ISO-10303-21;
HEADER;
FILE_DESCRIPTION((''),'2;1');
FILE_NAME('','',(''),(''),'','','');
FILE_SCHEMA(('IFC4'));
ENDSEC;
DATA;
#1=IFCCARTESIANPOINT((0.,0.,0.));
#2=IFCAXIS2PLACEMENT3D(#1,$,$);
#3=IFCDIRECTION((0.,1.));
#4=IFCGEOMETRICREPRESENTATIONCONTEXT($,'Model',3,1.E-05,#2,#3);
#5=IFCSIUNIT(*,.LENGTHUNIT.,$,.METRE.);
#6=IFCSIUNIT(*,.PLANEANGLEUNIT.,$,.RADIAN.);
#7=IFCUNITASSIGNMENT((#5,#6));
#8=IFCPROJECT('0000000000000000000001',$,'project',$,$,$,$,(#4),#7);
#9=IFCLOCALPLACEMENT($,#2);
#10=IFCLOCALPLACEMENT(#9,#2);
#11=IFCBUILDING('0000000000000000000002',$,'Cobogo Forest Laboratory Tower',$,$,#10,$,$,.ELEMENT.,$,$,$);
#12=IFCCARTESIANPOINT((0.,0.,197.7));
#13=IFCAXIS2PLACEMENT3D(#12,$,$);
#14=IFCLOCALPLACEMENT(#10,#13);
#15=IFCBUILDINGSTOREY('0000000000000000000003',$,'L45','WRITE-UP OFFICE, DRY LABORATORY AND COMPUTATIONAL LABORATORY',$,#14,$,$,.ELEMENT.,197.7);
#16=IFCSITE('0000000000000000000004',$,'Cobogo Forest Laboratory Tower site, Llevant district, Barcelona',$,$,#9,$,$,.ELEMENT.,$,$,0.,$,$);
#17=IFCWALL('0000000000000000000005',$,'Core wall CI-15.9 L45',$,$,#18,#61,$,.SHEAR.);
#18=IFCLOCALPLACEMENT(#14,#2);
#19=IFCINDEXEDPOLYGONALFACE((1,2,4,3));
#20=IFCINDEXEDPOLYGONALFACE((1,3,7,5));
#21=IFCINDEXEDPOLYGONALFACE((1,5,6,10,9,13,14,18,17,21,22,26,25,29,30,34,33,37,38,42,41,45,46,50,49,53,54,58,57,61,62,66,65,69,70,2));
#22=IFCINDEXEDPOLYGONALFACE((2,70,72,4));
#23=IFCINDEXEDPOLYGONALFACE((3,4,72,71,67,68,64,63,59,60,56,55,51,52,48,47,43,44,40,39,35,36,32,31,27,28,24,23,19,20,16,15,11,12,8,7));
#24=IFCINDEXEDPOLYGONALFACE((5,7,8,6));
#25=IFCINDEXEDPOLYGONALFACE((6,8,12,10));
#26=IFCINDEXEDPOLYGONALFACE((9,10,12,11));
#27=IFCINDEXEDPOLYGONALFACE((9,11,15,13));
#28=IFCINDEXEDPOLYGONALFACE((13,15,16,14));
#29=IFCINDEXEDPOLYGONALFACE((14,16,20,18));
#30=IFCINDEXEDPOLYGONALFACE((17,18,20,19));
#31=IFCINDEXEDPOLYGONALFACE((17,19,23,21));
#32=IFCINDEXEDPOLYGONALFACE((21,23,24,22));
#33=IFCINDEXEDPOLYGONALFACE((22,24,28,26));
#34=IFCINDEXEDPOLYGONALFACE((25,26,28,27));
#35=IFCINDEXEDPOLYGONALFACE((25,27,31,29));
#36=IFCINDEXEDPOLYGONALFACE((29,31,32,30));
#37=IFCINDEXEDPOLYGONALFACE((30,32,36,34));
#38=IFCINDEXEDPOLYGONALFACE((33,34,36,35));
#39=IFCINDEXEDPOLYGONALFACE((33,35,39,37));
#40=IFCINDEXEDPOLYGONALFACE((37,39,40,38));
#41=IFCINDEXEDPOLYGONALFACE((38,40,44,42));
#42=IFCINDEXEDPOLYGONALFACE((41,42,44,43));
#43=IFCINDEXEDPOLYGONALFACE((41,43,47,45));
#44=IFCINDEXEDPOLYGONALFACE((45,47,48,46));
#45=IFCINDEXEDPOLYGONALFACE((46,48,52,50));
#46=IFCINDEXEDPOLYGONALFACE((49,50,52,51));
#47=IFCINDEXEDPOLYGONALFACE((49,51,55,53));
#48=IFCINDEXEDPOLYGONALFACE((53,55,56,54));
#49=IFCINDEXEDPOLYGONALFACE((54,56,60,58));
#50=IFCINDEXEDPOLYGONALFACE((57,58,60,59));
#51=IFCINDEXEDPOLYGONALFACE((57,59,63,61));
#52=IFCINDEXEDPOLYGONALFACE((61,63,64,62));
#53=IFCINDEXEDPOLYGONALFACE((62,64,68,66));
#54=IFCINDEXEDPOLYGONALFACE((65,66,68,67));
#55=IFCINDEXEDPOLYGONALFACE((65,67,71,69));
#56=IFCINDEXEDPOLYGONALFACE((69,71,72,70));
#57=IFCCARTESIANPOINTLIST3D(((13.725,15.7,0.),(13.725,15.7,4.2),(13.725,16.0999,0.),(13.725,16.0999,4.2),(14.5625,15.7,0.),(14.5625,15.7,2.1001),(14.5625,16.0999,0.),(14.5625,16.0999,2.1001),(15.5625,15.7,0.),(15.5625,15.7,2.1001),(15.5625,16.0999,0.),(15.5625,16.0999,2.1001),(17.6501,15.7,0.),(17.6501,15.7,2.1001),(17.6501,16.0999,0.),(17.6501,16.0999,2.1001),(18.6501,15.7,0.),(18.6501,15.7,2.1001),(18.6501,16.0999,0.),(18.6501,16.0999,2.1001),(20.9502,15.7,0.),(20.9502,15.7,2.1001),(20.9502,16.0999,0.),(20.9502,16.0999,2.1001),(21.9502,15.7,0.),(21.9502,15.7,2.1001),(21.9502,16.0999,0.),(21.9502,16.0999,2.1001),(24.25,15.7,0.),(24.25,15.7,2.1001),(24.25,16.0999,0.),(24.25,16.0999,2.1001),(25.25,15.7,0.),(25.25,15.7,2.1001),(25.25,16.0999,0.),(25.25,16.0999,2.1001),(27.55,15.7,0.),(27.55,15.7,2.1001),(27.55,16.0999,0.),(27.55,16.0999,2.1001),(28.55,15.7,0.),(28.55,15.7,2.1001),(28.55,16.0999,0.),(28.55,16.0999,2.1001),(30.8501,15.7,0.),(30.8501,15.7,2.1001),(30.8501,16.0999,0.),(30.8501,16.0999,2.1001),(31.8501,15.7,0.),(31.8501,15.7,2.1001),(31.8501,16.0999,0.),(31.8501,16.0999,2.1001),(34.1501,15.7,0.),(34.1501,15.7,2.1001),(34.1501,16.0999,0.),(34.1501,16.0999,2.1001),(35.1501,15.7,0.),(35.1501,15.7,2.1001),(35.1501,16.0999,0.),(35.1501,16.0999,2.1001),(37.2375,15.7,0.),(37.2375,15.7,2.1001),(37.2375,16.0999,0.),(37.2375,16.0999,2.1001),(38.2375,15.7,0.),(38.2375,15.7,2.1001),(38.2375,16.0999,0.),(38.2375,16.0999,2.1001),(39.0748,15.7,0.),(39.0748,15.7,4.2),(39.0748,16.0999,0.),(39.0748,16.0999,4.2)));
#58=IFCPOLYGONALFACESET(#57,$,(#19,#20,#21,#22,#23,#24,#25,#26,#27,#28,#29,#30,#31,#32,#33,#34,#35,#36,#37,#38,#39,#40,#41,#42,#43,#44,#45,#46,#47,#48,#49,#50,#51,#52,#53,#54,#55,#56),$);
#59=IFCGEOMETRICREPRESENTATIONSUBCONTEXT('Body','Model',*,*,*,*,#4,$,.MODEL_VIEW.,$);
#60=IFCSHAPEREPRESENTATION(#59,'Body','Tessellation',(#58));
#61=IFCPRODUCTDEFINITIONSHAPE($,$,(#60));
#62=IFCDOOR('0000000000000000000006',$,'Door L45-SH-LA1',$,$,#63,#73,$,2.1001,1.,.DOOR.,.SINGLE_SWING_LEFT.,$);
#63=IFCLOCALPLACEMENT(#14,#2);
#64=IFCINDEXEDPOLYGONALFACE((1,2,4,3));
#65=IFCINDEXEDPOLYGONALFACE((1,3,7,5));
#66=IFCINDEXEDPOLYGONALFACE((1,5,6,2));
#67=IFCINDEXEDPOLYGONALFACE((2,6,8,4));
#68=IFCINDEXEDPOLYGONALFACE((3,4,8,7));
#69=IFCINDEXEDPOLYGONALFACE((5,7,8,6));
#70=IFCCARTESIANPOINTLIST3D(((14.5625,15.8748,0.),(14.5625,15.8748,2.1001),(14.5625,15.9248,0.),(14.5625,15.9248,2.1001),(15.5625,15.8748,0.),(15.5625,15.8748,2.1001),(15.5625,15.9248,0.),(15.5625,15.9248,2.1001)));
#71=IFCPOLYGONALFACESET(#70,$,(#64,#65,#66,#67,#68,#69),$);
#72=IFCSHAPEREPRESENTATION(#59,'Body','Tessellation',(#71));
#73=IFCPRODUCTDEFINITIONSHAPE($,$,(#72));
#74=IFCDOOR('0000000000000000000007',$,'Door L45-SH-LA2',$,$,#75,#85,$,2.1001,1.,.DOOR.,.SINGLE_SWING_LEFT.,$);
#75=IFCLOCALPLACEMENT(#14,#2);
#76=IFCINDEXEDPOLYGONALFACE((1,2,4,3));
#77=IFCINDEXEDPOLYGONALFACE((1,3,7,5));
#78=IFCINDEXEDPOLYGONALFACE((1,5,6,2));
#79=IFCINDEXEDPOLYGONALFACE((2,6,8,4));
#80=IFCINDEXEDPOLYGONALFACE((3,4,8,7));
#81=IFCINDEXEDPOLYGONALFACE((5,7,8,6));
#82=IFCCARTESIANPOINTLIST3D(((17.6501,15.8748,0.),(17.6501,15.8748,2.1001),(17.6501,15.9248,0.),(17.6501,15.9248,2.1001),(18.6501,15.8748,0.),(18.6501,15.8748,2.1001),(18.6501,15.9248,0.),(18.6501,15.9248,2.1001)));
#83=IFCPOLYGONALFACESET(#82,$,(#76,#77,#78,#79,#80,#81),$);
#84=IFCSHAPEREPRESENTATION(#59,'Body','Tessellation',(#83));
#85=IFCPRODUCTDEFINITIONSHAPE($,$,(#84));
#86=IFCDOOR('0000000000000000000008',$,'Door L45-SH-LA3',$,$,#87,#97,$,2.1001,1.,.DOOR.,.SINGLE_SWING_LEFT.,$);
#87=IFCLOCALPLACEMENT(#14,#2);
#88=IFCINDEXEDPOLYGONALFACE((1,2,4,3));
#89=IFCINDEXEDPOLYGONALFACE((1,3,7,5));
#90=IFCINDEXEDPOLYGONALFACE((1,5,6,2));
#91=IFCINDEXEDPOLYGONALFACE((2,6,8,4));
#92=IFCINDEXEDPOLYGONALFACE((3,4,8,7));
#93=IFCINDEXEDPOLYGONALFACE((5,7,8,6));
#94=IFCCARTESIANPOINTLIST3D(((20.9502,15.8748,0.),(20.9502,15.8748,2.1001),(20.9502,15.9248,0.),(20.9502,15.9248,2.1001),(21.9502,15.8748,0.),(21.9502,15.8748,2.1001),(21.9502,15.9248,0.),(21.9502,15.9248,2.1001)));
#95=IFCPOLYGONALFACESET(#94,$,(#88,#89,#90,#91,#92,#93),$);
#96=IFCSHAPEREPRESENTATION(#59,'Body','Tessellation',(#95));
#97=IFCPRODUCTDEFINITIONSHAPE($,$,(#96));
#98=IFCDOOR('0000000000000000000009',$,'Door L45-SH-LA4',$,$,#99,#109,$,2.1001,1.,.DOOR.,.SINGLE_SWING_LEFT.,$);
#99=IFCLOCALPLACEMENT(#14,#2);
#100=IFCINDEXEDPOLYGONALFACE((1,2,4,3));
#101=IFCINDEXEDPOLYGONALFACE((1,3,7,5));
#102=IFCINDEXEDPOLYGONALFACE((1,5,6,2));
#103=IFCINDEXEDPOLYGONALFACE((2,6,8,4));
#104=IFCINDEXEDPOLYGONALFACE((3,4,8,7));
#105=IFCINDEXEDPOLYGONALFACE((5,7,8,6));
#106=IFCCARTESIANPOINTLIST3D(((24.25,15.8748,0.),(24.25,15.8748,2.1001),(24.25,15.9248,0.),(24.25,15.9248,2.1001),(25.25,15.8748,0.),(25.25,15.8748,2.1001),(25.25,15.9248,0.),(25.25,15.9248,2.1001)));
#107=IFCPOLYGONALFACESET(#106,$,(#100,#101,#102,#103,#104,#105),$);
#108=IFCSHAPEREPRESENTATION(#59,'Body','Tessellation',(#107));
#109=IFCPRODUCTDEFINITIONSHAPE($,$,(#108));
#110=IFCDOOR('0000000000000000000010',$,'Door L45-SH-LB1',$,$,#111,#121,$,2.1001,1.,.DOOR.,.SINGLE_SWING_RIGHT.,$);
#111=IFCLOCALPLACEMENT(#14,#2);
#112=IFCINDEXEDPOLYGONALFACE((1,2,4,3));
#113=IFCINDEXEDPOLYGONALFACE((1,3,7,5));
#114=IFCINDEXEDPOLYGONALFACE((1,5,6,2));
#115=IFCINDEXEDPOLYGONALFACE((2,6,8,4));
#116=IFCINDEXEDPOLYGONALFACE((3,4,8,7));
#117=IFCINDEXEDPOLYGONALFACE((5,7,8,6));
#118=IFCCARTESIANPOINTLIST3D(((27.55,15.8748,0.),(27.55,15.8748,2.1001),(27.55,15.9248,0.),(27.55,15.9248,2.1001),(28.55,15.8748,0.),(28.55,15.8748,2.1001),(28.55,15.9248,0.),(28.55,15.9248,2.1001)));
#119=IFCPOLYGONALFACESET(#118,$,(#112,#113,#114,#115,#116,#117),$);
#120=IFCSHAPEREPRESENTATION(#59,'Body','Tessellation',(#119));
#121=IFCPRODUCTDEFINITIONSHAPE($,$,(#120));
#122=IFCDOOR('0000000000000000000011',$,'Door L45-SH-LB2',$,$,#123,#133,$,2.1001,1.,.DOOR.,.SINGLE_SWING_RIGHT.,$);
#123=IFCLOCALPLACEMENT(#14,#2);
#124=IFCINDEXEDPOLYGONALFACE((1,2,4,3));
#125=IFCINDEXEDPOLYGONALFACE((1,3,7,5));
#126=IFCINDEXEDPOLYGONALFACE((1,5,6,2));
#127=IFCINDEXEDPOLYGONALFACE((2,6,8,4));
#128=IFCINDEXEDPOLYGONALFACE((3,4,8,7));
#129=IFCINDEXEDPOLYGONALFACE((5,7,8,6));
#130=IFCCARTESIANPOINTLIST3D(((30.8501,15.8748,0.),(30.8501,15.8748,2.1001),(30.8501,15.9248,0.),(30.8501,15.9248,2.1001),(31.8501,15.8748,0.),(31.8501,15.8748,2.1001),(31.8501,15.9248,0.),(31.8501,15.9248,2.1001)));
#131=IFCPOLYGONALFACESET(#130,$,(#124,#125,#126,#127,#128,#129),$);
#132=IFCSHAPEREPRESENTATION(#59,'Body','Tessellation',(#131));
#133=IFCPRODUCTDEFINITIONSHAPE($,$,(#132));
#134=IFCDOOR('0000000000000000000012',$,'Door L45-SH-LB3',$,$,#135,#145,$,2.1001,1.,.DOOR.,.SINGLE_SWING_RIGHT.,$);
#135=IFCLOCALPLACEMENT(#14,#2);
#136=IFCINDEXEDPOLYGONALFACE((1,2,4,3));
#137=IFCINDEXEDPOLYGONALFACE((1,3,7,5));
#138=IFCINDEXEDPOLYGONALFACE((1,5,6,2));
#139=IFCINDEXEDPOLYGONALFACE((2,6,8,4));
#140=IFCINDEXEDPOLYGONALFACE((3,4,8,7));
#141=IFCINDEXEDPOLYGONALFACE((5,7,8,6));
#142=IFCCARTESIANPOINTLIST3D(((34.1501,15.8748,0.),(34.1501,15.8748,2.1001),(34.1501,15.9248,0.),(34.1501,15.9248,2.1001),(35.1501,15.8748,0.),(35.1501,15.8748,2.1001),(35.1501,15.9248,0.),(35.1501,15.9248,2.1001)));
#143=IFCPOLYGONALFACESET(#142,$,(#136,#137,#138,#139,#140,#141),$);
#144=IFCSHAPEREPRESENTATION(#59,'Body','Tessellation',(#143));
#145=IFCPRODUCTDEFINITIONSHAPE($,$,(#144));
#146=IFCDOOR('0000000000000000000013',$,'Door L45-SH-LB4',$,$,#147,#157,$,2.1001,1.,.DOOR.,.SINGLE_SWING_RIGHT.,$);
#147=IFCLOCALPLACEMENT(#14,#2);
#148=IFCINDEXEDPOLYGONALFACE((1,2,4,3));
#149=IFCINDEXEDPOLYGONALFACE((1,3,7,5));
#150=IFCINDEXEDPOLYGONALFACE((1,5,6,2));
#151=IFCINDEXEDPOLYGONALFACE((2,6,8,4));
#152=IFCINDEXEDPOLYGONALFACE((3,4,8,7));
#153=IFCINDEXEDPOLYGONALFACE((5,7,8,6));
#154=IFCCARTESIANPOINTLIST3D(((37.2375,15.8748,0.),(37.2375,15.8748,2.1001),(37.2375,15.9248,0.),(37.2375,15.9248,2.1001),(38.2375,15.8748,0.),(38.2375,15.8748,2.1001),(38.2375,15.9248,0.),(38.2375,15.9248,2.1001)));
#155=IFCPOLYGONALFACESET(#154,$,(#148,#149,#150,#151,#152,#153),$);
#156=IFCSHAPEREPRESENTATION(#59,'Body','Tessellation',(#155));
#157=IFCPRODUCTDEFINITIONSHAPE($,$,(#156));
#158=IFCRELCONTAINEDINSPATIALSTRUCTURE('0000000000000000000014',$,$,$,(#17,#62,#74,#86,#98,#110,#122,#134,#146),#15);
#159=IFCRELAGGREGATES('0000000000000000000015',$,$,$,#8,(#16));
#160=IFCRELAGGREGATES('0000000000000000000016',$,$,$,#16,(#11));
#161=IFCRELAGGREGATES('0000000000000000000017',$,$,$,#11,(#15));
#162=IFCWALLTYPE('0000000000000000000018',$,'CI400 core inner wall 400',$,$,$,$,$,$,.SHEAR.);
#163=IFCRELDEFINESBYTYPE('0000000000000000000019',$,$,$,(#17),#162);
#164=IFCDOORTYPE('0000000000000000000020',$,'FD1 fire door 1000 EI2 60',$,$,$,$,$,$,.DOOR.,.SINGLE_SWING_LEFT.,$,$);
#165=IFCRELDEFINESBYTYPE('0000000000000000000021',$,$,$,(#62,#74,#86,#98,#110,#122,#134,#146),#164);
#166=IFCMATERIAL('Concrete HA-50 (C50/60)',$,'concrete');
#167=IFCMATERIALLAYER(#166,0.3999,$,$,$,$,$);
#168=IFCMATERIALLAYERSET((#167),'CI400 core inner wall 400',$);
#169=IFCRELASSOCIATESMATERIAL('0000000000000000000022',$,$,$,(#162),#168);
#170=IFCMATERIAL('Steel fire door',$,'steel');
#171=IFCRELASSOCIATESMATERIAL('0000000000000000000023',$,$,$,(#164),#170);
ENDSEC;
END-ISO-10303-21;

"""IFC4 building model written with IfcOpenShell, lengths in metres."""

from ifc_helpers import new_model, si_unit, direction, frame, frame_2d, origin, place, context, subcontext, project, spatial, rectangle, extrude, material, layer, layer_set, type_object, element, fill, save


model = new_model("IFC4")

# Units and contexts
model_context = context("Model", 3, precision=1e-05, world=origin(), true_north=direction((0.0, 1.0)))
body_context = subcontext(model_context, "Body", "Model", "MODEL_VIEW")
ifc_project = project(units=[si_unit("LENGTHUNIT", "METRE"), si_unit("PLANEANGLEUNIT", "RADIAN")], contexts=[model_context])

# Site, building, storey
site_placement = place(None, origin())
site = spatial("IfcSite", under=ifc_project, at=site_placement, Name="Cobogo Forest Laboratory Tower site, Llevant district, Barcelona", CompositionType="ELEMENT", RefElevation=0.0)
building_placement = place(site_placement, origin())
building = spatial("IfcBuilding", under=site, at=building_placement, Name="Cobogo Forest Laboratory Tower", CompositionType="ELEMENT")
storey_placement = place(building_placement, frame((0.0, 0.0, 197.7)))
storey = spatial("IfcBuildingStorey", under=building, at=storey_placement, Name="L45", Description="WRITE-UP OFFICE, DRY LABORATORY AND COMPUTATIONAL LABORATORY", CompositionType="ELEMENT", Elevation=197.7)

# Shared definitions
ifc_material_1 = material(Name="Concrete HA-50 (C50/60)", Category="concrete")

# Wall, openings, doors
ifc_layer_1 = layer(ifc_material_1, 0.3999)
ifc_layer_set_1 = layer_set([ifc_layer_1], Name="CI400 core inner wall 400")
wall_type_1 = type_object("IfcWallType", Name="CI400 core inner wall 400", PredefinedType="SHEAR", material=ifc_layer_set_1)
wall_1_placement = place(storey_placement, frame((13.7251, 15.8999, 0.0), z_axis=(0.0, 0.0, 1.0), x_axis=(1.0, 0.0, 0.0)))
wall_1 = element("IfcWall", 1, at=wall_1_placement, inside=storey, type_object=wall_type_1, Name="Core wall CI-15.9 L45", PredefinedType="SHEAR", context=body_context, shape_type="SweptSolid", body=[
    extrude(rectangle(XDim=25.3499, YDim=0.3999, at=frame_2d((12.6748, 0.0))), origin(), (0.0, 0.0, 1.0), 4.2),
])
opening_1_placement = place(wall_1_placement, frame((0.8374, 0.0, 0.0)))
opening_1 = element("IfcOpeningElement", 2, at=opening_1_placement, cuts=wall_1, PredefinedType="OPENING", context=body_context, shape_type="SweptSolid", body=[
    extrude(rectangle(XDim=1.0, YDim=2.1001, at=frame_2d((0.5, 1.05))), frame((0.0, 0.21, 0.0), z_axis=(0.0, -1.0, 0.0), x_axis=(1.0, 0.0, 0.0)), (0.0, 0.0, 1.0), 0.4199),
])
opening_2_placement = place(wall_1_placement, frame((3.925, 0.0, 0.0)))
opening_2 = element("IfcOpeningElement", 3, at=opening_2_placement, cuts=wall_1, PredefinedType="OPENING", context=body_context, shape_type="SweptSolid", body=[
    extrude(rectangle(XDim=1.0, YDim=2.1001, at=frame_2d((0.5, 1.05))), frame((0.0, 0.21, 0.0), z_axis=(0.0, -1.0, 0.0), x_axis=(1.0, 0.0, 0.0)), (0.0, 0.0, 1.0), 0.4199),
])
opening_3_placement = place(wall_1_placement, frame((7.2251, 0.0, 0.0)))
opening_3 = element("IfcOpeningElement", 4, at=opening_3_placement, cuts=wall_1, PredefinedType="OPENING", context=body_context, shape_type="SweptSolid", body=[
    extrude(rectangle(XDim=1.0, YDim=2.1001, at=frame_2d((0.5, 1.05))), frame((0.0, 0.21, 0.0), z_axis=(0.0, -1.0, 0.0), x_axis=(1.0, 0.0, 0.0)), (0.0, 0.0, 1.0), 0.4199),
])
opening_4_placement = place(wall_1_placement, frame((10.5249, 0.0, 0.0)))
opening_4 = element("IfcOpeningElement", 5, at=opening_4_placement, cuts=wall_1, PredefinedType="OPENING", context=body_context, shape_type="SweptSolid", body=[
    extrude(rectangle(XDim=1.0, YDim=2.1001, at=frame_2d((0.5, 1.05))), frame((0.0, 0.21, 0.0), z_axis=(0.0, -1.0, 0.0), x_axis=(1.0, 0.0, 0.0)), (0.0, 0.0, 1.0), 0.4199),
])
opening_5_placement = place(wall_1_placement, frame((13.825, 0.0, 0.0)))
opening_5 = element("IfcOpeningElement", 6, at=opening_5_placement, cuts=wall_1, PredefinedType="OPENING", context=body_context, shape_type="SweptSolid", body=[
    extrude(rectangle(XDim=1.0, YDim=2.1001, at=frame_2d((0.5, 1.05))), frame((0.0, 0.21, 0.0), z_axis=(0.0, -1.0, 0.0), x_axis=(1.0, 0.0, 0.0)), (0.0, 0.0, 1.0), 0.4199),
])
opening_6_placement = place(wall_1_placement, frame((17.125, 0.0, 0.0)))
opening_6 = element("IfcOpeningElement", 7, at=opening_6_placement, cuts=wall_1, PredefinedType="OPENING", context=body_context, shape_type="SweptSolid", body=[
    extrude(rectangle(XDim=1.0, YDim=2.1001, at=frame_2d((0.5, 1.05))), frame((0.0, 0.21, 0.0), z_axis=(0.0, -1.0, 0.0), x_axis=(1.0, 0.0, 0.0)), (0.0, 0.0, 1.0), 0.4199),
])
opening_7_placement = place(wall_1_placement, frame((20.425, 0.0, 0.0)))
opening_7 = element("IfcOpeningElement", 8, at=opening_7_placement, cuts=wall_1, PredefinedType="OPENING", context=body_context, shape_type="SweptSolid", body=[
    extrude(rectangle(XDim=1.0, YDim=2.1001, at=frame_2d((0.5, 1.05))), frame((0.0, 0.21, 0.0), z_axis=(0.0, -1.0, 0.0), x_axis=(1.0, 0.0, 0.0)), (0.0, 0.0, 1.0), 0.4199),
])
opening_8_placement = place(wall_1_placement, frame((23.5125, 0.0, 0.0)))
opening_8 = element("IfcOpeningElement", 9, at=opening_8_placement, cuts=wall_1, PredefinedType="OPENING", context=body_context, shape_type="SweptSolid", body=[
    extrude(rectangle(XDim=1.0, YDim=2.1001, at=frame_2d((0.5, 1.05))), frame((0.0, 0.21, 0.0), z_axis=(0.0, -1.0, 0.0), x_axis=(1.0, 0.0, 0.0)), (0.0, 0.0, 1.0), 0.4199),
])
ifc_material_2 = material(Name="Steel fire door", Category="steel")
door_type_1 = type_object("IfcDoorType", Name="FD1 fire door 1000 EI2 60", OperationType="SINGLE_SWING_LEFT", PredefinedType="DOOR", material=ifc_material_2)
door_1_placement = place(opening_1_placement, origin())
door_1 = element("IfcDoor", 10, at=door_1_placement, inside=storey, type_object=door_type_1, Name="Door L45-SH-LA1", OperationType="SINGLE_SWING_LEFT", OverallHeight=2.1001, OverallWidth=1.0, PredefinedType="DOOR", context=body_context, shape_type="SweptSolid", body=[
    extrude(rectangle(XDim=1.0, YDim=2.1001, at=frame_2d((0.5, 1.05))), frame((0.0, 0.0249, 0.0), z_axis=(0.0, -1.0, 0.0), x_axis=(1.0, 0.0, 0.0)), (0.0, 0.0, 1.0), 0.05),
])
fill(opening_1, door_1)
door_2_placement = place(opening_2_placement, origin())
door_2 = element("IfcDoor", 11, at=door_2_placement, inside=storey, type_object=door_type_1, Name="Door L45-SH-LA2", OperationType="SINGLE_SWING_LEFT", OverallHeight=2.1001, OverallWidth=1.0, PredefinedType="DOOR", context=body_context, shape_type="SweptSolid", body=[
    extrude(rectangle(XDim=1.0, YDim=2.1001, at=frame_2d((0.5, 1.05))), frame((0.0, 0.0249, 0.0), z_axis=(0.0, -1.0, 0.0), x_axis=(1.0, 0.0, 0.0)), (0.0, 0.0, 1.0), 0.05),
])
fill(opening_2, door_2)
door_3_placement = place(opening_3_placement, origin())
door_3 = element("IfcDoor", 12, at=door_3_placement, inside=storey, type_object=door_type_1, Name="Door L45-SH-LA3", OperationType="SINGLE_SWING_LEFT", OverallHeight=2.1001, OverallWidth=1.0, PredefinedType="DOOR", context=body_context, shape_type="SweptSolid", body=[
    extrude(rectangle(XDim=1.0, YDim=2.1001, at=frame_2d((0.5, 1.05))), frame((0.0, 0.0249, 0.0), z_axis=(0.0, -1.0, 0.0), x_axis=(1.0, 0.0, 0.0)), (0.0, 0.0, 1.0), 0.05),
])
fill(opening_3, door_3)
door_4_placement = place(opening_4_placement, origin())
door_4 = element("IfcDoor", 13, at=door_4_placement, inside=storey, type_object=door_type_1, Name="Door L45-SH-LA4", OperationType="SINGLE_SWING_LEFT", OverallHeight=2.1001, OverallWidth=1.0, PredefinedType="DOOR", context=body_context, shape_type="SweptSolid", body=[
    extrude(rectangle(XDim=1.0, YDim=2.1001, at=frame_2d((0.5, 1.05))), frame((0.0, 0.0249, 0.0), z_axis=(0.0, -1.0, 0.0), x_axis=(1.0, 0.0, 0.0)), (0.0, 0.0, 1.0), 0.05),
])
fill(opening_4, door_4)
door_5_placement = place(opening_5_placement, origin())
door_5 = element("IfcDoor", 14, at=door_5_placement, inside=storey, type_object=door_type_1, Name="Door L45-SH-LB1", OperationType="SINGLE_SWING_RIGHT", OverallHeight=2.1001, OverallWidth=1.0, PredefinedType="DOOR", context=body_context, shape_type="SweptSolid", body=[
    extrude(rectangle(XDim=1.0, YDim=2.1001, at=frame_2d((0.5, 1.05))), frame((0.0, 0.0249, 0.0), z_axis=(0.0, -1.0, 0.0), x_axis=(1.0, 0.0, 0.0)), (0.0, 0.0, 1.0), 0.05),
])
fill(opening_5, door_5)
door_6_placement = place(opening_6_placement, origin())
door_6 = element("IfcDoor", 15, at=door_6_placement, inside=storey, type_object=door_type_1, Name="Door L45-SH-LB2", OperationType="SINGLE_SWING_RIGHT", OverallHeight=2.1001, OverallWidth=1.0, PredefinedType="DOOR", context=body_context, shape_type="SweptSolid", body=[
    extrude(rectangle(XDim=1.0, YDim=2.1001, at=frame_2d((0.5, 1.05))), frame((0.0, 0.0249, 0.0), z_axis=(0.0, -1.0, 0.0), x_axis=(1.0, 0.0, 0.0)), (0.0, 0.0, 1.0), 0.05),
])
fill(opening_6, door_6)
door_7_placement = place(opening_7_placement, origin())
door_7 = element("IfcDoor", 16, at=door_7_placement, inside=storey, type_object=door_type_1, Name="Door L45-SH-LB3", OperationType="SINGLE_SWING_RIGHT", OverallHeight=2.1001, OverallWidth=1.0, PredefinedType="DOOR", context=body_context, shape_type="SweptSolid", body=[
    extrude(rectangle(XDim=1.0, YDim=2.1001, at=frame_2d((0.5, 1.05))), frame((0.0, 0.0249, 0.0), z_axis=(0.0, -1.0, 0.0), x_axis=(1.0, 0.0, 0.0)), (0.0, 0.0, 1.0), 0.05),
])
fill(opening_7, door_7)
door_8_placement = place(opening_8_placement, origin())
door_8 = element("IfcDoor", 17, at=door_8_placement, inside=storey, type_object=door_type_1, Name="Door L45-SH-LB4", OperationType="SINGLE_SWING_RIGHT", OverallHeight=2.1001, OverallWidth=1.0, PredefinedType="DOOR", context=body_context, shape_type="SweptSolid", body=[
    extrude(rectangle(XDim=1.0, YDim=2.1001, at=frame_2d((0.5, 1.05))), frame((0.0, 0.0249, 0.0), z_axis=(0.0, -1.0, 0.0), x_axis=(1.0, 0.0, 0.0)), (0.0, 0.0, 1.0), 0.05),
])
fill(opening_8, door_8)

save(model, "model.ifc")
